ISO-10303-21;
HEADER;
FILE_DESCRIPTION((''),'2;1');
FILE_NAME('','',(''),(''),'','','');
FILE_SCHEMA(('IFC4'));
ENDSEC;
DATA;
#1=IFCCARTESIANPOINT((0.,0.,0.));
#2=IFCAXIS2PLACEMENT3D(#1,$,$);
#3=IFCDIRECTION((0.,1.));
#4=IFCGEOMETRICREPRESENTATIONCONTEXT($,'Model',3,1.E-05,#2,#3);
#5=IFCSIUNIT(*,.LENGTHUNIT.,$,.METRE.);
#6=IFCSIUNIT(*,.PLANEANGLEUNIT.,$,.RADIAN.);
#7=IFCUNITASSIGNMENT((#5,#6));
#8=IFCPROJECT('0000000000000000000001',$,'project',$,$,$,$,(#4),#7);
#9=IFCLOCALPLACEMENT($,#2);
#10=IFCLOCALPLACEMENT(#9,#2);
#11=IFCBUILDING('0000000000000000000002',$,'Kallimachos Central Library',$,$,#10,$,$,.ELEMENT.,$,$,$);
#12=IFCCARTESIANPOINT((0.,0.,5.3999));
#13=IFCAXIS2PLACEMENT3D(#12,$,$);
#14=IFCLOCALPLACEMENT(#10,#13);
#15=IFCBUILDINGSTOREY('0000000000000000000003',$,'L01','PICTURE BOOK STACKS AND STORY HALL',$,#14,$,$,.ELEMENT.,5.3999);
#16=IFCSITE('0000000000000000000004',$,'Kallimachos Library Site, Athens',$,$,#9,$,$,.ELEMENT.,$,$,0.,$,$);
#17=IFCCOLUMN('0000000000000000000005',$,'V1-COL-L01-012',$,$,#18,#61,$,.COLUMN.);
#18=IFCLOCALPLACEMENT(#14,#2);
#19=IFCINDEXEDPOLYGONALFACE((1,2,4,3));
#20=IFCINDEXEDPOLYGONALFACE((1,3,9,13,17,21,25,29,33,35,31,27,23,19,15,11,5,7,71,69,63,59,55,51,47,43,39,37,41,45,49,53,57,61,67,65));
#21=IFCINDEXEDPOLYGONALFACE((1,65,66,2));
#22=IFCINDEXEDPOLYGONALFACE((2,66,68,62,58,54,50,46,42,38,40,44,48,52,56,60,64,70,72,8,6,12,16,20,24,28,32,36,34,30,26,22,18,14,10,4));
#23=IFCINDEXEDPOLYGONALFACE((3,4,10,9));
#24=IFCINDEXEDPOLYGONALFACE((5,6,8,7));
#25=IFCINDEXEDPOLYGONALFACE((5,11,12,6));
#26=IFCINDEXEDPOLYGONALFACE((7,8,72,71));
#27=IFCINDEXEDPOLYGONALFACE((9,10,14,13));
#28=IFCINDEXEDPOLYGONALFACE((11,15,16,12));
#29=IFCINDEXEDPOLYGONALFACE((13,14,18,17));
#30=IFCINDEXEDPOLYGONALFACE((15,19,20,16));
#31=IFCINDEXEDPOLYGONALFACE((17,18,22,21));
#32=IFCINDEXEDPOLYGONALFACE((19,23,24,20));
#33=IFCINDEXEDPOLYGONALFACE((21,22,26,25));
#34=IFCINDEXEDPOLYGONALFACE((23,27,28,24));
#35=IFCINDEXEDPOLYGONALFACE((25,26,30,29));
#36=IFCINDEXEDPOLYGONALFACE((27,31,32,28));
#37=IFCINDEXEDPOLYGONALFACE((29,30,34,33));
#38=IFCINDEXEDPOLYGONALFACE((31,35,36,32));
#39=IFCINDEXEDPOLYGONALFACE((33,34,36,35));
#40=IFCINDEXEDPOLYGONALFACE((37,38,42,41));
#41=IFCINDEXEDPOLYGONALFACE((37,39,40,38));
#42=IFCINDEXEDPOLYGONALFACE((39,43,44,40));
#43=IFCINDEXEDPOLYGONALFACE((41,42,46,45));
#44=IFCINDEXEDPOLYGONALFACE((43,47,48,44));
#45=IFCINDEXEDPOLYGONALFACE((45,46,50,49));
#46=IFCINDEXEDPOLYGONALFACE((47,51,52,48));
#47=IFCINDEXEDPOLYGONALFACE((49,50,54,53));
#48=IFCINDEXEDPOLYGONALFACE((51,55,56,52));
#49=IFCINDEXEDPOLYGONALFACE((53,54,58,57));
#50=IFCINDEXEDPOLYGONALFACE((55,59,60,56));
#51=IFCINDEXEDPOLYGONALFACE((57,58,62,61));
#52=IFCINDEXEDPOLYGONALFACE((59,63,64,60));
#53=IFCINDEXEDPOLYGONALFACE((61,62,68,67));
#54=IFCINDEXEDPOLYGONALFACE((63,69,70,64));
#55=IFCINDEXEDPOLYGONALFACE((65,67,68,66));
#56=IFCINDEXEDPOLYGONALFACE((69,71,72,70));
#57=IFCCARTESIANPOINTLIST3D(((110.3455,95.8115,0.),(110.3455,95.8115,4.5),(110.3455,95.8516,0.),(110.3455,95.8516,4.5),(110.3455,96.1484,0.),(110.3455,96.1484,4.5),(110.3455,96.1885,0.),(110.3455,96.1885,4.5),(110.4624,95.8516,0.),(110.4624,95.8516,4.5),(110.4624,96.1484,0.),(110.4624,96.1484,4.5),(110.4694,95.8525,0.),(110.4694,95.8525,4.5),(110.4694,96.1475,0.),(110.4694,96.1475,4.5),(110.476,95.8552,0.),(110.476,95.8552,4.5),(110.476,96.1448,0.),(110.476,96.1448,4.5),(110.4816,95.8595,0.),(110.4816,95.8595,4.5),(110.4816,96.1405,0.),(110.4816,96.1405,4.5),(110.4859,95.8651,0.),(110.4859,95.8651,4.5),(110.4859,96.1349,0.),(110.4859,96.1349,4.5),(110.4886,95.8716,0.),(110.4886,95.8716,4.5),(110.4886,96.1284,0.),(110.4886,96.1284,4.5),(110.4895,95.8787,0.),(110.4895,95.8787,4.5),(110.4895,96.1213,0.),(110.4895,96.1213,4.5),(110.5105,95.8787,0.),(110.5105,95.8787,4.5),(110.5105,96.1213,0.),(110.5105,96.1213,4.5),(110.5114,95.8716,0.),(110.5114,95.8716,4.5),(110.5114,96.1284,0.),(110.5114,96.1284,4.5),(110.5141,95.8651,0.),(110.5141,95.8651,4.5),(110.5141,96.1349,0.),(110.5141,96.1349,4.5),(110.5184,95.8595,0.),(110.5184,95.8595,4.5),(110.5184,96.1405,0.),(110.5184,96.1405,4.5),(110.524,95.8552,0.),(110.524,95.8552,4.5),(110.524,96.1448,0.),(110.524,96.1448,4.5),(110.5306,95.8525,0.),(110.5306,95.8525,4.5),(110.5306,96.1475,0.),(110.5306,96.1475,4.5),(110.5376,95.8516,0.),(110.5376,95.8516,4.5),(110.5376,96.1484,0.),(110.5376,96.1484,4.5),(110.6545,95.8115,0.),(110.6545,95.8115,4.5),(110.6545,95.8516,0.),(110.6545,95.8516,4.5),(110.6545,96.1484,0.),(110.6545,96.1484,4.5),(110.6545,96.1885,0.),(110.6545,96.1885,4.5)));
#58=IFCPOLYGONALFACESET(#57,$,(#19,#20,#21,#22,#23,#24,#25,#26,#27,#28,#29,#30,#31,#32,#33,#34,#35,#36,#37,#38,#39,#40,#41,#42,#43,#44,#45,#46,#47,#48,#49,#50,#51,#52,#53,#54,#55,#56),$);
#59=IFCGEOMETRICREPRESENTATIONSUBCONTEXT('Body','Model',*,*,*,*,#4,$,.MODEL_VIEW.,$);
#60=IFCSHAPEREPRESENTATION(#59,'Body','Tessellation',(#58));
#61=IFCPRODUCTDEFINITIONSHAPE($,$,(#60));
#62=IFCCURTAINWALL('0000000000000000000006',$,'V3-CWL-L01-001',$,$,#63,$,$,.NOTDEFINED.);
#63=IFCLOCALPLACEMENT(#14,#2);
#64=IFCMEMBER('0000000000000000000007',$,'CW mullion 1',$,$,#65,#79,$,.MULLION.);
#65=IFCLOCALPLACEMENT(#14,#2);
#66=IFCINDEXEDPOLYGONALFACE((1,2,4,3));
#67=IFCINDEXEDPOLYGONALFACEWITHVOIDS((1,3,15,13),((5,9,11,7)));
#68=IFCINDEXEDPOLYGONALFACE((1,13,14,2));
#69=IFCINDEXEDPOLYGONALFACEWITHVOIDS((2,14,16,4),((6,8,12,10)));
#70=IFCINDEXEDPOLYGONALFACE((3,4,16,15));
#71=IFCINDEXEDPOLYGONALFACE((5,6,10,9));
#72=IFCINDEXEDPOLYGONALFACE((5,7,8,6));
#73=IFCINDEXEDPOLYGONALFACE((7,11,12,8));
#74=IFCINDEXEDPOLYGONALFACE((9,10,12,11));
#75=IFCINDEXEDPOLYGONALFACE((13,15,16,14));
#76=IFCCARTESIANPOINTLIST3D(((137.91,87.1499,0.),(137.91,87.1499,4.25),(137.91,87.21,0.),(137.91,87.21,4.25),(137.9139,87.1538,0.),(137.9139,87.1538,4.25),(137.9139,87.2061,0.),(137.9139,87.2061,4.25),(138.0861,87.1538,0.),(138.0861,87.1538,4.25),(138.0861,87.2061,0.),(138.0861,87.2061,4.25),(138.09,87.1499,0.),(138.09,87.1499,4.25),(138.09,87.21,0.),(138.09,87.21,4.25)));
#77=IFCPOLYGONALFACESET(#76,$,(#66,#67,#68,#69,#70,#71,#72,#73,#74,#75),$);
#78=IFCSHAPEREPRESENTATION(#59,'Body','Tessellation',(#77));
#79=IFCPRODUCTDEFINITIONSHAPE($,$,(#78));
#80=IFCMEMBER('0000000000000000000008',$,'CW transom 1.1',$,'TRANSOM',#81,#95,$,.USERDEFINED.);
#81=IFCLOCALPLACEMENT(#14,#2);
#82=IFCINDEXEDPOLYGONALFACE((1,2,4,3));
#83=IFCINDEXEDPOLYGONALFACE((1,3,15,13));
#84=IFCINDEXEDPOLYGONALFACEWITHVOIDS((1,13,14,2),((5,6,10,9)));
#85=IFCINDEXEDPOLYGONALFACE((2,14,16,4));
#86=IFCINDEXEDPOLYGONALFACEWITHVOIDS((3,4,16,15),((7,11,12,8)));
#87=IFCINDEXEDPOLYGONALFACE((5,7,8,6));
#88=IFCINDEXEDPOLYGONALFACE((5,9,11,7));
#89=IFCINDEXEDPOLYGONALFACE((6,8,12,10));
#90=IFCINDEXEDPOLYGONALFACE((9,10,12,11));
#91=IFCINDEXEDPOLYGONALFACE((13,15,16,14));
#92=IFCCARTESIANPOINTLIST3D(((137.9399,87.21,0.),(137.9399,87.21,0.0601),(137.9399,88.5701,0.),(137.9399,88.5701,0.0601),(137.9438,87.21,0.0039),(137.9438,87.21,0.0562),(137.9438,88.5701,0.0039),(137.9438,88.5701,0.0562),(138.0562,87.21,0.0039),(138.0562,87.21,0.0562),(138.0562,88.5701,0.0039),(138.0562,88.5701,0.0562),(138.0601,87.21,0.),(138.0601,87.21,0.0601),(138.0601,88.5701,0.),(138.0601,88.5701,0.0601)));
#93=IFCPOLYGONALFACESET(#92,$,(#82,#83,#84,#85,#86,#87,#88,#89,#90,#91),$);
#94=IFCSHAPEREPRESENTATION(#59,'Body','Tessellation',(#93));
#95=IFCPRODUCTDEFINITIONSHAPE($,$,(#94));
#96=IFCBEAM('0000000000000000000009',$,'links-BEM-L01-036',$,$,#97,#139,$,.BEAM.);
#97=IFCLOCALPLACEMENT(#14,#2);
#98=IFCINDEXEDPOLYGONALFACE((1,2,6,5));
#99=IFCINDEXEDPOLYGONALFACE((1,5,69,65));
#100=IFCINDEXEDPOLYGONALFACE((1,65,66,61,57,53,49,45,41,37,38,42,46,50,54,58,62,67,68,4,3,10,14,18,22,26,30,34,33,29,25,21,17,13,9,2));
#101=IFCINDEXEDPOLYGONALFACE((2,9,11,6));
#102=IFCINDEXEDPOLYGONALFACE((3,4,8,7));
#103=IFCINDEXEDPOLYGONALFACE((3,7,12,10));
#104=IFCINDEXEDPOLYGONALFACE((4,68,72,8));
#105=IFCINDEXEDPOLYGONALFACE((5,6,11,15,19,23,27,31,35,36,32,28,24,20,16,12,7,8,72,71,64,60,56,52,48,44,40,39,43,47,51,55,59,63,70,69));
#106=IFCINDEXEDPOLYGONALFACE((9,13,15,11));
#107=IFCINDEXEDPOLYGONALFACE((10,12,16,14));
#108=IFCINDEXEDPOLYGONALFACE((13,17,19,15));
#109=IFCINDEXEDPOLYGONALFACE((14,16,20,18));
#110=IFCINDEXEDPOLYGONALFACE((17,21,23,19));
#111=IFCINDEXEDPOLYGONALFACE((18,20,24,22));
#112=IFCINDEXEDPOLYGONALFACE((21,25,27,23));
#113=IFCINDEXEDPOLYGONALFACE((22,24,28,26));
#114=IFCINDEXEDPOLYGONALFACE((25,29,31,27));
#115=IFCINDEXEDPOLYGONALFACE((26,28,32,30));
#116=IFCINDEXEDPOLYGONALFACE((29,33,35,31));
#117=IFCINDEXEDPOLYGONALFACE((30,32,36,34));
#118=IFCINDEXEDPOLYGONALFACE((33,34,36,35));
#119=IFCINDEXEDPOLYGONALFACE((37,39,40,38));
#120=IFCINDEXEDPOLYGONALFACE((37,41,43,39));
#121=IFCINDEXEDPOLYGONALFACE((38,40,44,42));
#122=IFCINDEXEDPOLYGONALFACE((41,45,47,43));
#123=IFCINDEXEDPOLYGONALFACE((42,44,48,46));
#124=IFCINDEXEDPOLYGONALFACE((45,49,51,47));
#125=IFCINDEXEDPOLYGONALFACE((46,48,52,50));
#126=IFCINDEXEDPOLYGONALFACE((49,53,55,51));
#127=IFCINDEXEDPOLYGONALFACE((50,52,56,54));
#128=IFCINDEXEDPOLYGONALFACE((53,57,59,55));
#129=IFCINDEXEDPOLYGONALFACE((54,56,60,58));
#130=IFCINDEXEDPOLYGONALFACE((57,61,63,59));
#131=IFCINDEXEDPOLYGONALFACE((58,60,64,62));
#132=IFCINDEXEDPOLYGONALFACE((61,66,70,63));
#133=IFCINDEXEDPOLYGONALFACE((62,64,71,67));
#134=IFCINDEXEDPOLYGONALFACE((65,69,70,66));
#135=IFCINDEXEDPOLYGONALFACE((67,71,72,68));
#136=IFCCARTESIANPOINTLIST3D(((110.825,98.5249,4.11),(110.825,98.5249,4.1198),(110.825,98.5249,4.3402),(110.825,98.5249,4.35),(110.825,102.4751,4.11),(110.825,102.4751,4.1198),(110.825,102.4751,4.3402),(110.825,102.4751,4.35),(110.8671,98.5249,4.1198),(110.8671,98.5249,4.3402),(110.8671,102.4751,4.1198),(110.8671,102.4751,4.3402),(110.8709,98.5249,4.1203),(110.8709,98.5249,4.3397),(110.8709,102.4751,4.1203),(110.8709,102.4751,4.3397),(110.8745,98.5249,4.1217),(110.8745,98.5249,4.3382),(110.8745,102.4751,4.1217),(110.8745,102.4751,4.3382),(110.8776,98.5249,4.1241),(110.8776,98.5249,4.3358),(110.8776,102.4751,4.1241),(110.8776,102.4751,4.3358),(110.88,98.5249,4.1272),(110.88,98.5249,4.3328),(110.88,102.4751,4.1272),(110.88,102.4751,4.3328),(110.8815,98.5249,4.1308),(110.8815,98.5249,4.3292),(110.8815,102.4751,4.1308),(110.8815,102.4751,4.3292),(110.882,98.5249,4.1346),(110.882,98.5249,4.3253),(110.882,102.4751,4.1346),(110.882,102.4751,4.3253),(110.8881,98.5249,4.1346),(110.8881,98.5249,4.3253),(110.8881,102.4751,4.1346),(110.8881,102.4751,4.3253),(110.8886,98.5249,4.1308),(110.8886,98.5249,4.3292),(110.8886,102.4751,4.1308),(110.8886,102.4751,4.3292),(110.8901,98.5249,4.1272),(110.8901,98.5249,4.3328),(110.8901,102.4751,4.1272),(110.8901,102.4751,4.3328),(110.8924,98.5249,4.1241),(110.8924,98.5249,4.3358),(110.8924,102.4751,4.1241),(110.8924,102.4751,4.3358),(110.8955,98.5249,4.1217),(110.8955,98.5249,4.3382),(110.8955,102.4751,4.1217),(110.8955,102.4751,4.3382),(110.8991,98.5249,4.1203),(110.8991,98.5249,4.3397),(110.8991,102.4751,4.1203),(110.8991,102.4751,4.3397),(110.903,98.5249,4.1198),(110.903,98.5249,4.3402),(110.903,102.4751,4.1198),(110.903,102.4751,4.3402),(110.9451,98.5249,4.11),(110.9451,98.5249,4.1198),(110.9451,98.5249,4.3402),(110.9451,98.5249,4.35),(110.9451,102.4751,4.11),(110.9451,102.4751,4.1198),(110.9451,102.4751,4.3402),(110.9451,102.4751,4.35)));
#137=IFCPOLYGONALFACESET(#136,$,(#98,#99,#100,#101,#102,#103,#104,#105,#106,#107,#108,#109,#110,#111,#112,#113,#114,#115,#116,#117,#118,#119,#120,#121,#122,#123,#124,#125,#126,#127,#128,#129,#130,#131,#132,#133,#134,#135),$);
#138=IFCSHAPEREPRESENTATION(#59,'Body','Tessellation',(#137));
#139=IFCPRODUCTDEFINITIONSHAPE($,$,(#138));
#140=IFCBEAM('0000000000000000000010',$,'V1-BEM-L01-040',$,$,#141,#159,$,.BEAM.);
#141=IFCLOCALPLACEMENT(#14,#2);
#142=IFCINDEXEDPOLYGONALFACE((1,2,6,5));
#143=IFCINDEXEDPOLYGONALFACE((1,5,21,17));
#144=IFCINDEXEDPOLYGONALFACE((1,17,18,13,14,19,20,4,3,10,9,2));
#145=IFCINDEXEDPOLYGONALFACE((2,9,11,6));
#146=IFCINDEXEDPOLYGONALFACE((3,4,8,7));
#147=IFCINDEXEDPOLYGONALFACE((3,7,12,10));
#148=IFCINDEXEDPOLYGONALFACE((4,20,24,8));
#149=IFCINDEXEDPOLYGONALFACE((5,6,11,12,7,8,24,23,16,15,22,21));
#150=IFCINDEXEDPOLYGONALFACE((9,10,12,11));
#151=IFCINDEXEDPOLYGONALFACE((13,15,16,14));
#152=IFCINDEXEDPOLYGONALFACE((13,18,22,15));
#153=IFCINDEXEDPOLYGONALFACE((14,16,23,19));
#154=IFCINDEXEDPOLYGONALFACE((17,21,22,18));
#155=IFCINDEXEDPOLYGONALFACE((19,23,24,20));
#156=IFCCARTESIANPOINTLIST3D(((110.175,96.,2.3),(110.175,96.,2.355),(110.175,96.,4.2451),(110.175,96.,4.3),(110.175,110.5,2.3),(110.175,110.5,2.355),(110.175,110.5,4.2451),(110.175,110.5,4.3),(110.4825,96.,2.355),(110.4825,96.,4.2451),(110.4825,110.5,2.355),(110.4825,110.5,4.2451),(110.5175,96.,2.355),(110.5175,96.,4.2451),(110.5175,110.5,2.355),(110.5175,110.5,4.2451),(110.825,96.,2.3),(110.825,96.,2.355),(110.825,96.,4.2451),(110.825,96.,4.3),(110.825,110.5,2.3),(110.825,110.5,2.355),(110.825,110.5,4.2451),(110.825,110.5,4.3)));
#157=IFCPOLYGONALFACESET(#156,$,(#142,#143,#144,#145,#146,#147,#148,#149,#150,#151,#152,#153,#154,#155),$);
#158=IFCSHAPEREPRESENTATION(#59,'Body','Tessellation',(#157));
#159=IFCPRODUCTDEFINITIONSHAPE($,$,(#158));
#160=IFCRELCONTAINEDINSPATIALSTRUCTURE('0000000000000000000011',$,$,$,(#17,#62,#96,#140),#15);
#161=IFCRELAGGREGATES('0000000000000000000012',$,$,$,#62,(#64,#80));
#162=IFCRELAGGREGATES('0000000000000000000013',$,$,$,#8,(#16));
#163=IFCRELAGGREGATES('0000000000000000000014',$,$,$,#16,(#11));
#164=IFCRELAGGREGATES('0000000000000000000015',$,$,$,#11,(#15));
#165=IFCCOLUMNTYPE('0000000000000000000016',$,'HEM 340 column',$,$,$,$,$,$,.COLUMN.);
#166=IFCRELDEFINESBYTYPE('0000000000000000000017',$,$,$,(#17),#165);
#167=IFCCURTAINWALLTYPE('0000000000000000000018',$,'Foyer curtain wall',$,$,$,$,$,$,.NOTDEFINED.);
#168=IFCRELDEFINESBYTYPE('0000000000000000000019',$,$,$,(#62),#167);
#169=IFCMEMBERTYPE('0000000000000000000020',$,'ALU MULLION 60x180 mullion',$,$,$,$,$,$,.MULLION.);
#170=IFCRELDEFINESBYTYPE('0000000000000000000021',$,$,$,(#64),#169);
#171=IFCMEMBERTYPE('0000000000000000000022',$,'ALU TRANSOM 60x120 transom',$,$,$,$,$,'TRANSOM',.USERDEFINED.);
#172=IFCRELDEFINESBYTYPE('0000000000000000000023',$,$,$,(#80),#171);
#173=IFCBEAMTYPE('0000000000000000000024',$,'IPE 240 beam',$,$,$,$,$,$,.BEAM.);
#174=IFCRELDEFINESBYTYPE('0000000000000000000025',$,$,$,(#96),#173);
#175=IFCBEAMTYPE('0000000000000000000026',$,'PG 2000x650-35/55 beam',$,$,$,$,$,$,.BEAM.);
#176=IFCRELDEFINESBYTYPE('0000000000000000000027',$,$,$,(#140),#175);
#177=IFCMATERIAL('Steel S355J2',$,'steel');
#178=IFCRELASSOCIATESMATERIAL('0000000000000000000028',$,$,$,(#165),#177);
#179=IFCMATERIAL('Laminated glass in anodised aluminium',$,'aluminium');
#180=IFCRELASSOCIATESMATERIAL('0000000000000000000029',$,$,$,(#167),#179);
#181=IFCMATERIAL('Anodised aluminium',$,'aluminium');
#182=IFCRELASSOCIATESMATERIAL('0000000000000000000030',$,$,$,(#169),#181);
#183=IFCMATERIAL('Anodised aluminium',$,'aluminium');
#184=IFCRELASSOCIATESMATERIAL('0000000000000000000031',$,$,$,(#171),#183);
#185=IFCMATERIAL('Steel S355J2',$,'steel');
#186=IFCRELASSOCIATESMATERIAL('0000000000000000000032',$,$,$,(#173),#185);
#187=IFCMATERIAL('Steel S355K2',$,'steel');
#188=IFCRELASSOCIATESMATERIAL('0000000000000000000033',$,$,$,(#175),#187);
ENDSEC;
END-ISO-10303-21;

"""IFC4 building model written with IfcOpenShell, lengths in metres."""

from ifc_helpers import new_model, si_unit, direction, frame, origin, origin_2d, place, context, subcontext, project, spatial, hollow_rectangle, i_section, extrude, material, material_profile, profile_set, type_object, element, aggregate, save


model = new_model("IFC4")

# Units and contexts
model_context = context("Model", 3, precision=1e-05, world=origin(), true_north=direction((0.0, 1.0)))
body_context = subcontext(model_context, "Body", "Model", "MODEL_VIEW")
ifc_project = project(units=[si_unit("LENGTHUNIT", "METRE"), si_unit("PLANEANGLEUNIT", "RADIAN")], contexts=[model_context])

# Site, building, storey
site_placement = place(None, origin())
site = spatial("IfcSite", under=ifc_project, at=site_placement, Name="Kallimachos Library Site, Athens", CompositionType="ELEMENT", RefElevation=0.0)
building_placement = place(site_placement, origin())
building = spatial("IfcBuilding", under=site, at=building_placement, Name="Kallimachos Central Library", CompositionType="ELEMENT")
storey_placement = place(building_placement, frame((0.0, 0.0, 5.3999)))
storey = spatial("IfcBuildingStorey", under=building, at=storey_placement, Name="L01", Description="PICTURE BOOK STACKS AND STORY HALL", CompositionType="ELEMENT", Elevation=5.3999)

# Column
ifc_material_1 = material(Name="Steel S355J2", Category="steel")
ifc_material_profile_1 = material_profile(ifc_material_1, i_section(OverallWidth=0.3091, OverallDepth=0.377, WebThickness=0.021, FlangeThickness=0.04, FilletRadius=0.0271, at=origin_2d()), Name="HEM 340")
ifc_profile_set_1 = profile_set([ifc_material_profile_1], Name="Steel S355J2")
column_type_1 = type_object("IfcColumnType", Name="HEM 340 column", PredefinedType="COLUMN", material=ifc_profile_set_1)
for number, where, z_axis, x_axis, name in (
    (1, (110.5, 96.0, 0.0), (0.0, 0.0, 1.0), (1.0, 0.0, 0.0), "V1-COL-L01-012"),
):
    element("IfcColumn", number, at=place(storey_placement, frame(where, z_axis=z_axis, x_axis=x_axis)), inside=storey, type_object=column_type_1, Name=name, PredefinedType="COLUMN", context=body_context, shape_type="SweptSolid", body=[
        extrude(i_section(OverallWidth=0.3091, OverallDepth=0.377, WebThickness=0.021, FlangeThickness=0.04, FilletRadius=0.0271, at=origin_2d()), origin(), (0.0, 0.0, 1.0), 4.5),
    ])

# Curtain wall, members
ifc_material_2 = material(Name="Laminated glass in anodised aluminium", Category="aluminium")
curtain_wall_type = type_object("IfcCurtainWallType", Name="Foyer curtain wall", PredefinedType="NOTDEFINED", material=ifc_material_2)
curtain_wall_placement = place(storey_placement, origin())
curtain_wall = element("IfcCurtainWall", 2, at=curtain_wall_placement, inside=storey, type_object=curtain_wall_type, Name="V3-CWL-L01-001", PredefinedType="NOTDEFINED")
ifc_material_3 = material(Name="Anodised aluminium", Category="aluminium")
ifc_material_profile_2 = material_profile(ifc_material_3, hollow_rectangle(XDim=0.0601, YDim=0.1799, WallThickness=0.0039, at=origin_2d()), Name="ALU MULLION 60x180")
ifc_profile_set_2 = profile_set([ifc_material_profile_2], Name="Anodised aluminium")
member_type_1 = type_object("IfcMemberType", Name="ALU MULLION 60x180 mullion", PredefinedType="MULLION", material=ifc_profile_set_2)
member_1_placement = place(storey_placement, frame((138.0, 87.1799, 0.0), z_axis=(0.0, 0.0, 1.0), x_axis=(0.0, 1.0, 0.0)))
member_1 = element("IfcMember", 3, at=member_1_placement, type_object=member_type_1, Name="CW mullion 1", PredefinedType="MULLION", context=body_context, shape_type="SweptSolid", body=[
    extrude(hollow_rectangle(XDim=0.0601, YDim=0.1799, WallThickness=0.0039, at=origin_2d()), origin(), (0.0, 0.0, 1.0), 4.25),
])
ifc_material_4 = material(Name="Anodised aluminium", Category="aluminium")
ifc_material_profile_3 = material_profile(ifc_material_4, hollow_rectangle(XDim=0.0601, YDim=0.1201, WallThickness=0.0039, at=origin_2d()), Name="ALU TRANSOM 60x120")
ifc_profile_set_3 = profile_set([ifc_material_profile_3], Name="Anodised aluminium")
member_type_2 = type_object("IfcMemberType", Name="ALU TRANSOM 60x120 transom", ElementType="TRANSOM", PredefinedType="USERDEFINED", material=ifc_profile_set_3)
member_2_placement = place(storey_placement, frame((138.0, 87.21, 0.03), z_axis=(0.0, 1.0, 0.0), x_axis=(0.0, 0.0, 1.0)))
member_2 = element("IfcMember", 4, at=member_2_placement, type_object=member_type_2, Name="CW transom 1.1", ObjectType="TRANSOM", PredefinedType="USERDEFINED", context=body_context, shape_type="SweptSolid", body=[
    extrude(hollow_rectangle(XDim=0.0601, YDim=0.1201, WallThickness=0.0039, at=origin_2d()), origin(), (0.0, 0.0, 1.0), 1.3601),
])
aggregate(curtain_wall, [member_1, member_2])

# Beams
ifc_material_5 = material(Name="Steel S355J2", Category="steel")
ifc_material_profile_4 = material_profile(ifc_material_5, i_section(OverallWidth=0.1201, OverallDepth=0.24, WebThickness=0.0061, FlangeThickness=0.0098, FilletRadius=0.0149, at=origin_2d()), Name="IPE 240")
ifc_profile_set_4 = profile_set([ifc_material_profile_4], Name="Steel S355J2")
beam_type_1 = type_object("IfcBeamType", Name="IPE 240 beam", PredefinedType="BEAM", material=ifc_profile_set_4)
beam_1_placement = place(storey_placement, frame((110.885, 98.5249, 4.23), z_axis=(0.0, 1.0, 0.0), x_axis=(-1.0, 0.0, 0.0)))
element("IfcBeam", 5, at=beam_1_placement, inside=storey, type_object=beam_type_1, Name="links-BEM-L01-036", PredefinedType="BEAM", context=body_context, shape_type="SweptSolid", body=[
    extrude(i_section(OverallWidth=0.1201, OverallDepth=0.24, WebThickness=0.0061, FlangeThickness=0.0098, FilletRadius=0.0149, at=origin_2d()), origin(), (0.0, 0.0, 1.0), 3.9502),
])
ifc_material_6 = material(Name="Steel S355K2", Category="steel")
ifc_material_profile_5 = material_profile(ifc_material_6, i_section(OverallWidth=0.6499, OverallDepth=2.0, WebThickness=0.0349, FlangeThickness=0.0549, at=origin_2d()), Name="PG 2000x650-35/55")
ifc_profile_set_5 = profile_set([ifc_material_profile_5], Name="Steel S355K2")
beam_type_2 = type_object("IfcBeamType", Name="PG 2000x650-35/55 beam", PredefinedType="BEAM", material=ifc_profile_set_5)
beam_2_placement = place(storey_placement, frame((110.5, 96.0, 3.3), z_axis=(0.0, 1.0, 0.0), x_axis=(-1.0, 0.0, 0.0)))
element("IfcBeam", 6, at=beam_2_placement, inside=storey, type_object=beam_type_2, Name="V1-BEM-L01-040", PredefinedType="BEAM", context=body_context, shape_type="SweptSolid", body=[
    extrude(i_section(OverallWidth=0.6499, OverallDepth=2.0, WebThickness=0.0349, FlangeThickness=0.0549, at=origin_2d()), origin(), (0.0, 0.0, 1.0), 14.5),
])

save(model, "model.ifc")
